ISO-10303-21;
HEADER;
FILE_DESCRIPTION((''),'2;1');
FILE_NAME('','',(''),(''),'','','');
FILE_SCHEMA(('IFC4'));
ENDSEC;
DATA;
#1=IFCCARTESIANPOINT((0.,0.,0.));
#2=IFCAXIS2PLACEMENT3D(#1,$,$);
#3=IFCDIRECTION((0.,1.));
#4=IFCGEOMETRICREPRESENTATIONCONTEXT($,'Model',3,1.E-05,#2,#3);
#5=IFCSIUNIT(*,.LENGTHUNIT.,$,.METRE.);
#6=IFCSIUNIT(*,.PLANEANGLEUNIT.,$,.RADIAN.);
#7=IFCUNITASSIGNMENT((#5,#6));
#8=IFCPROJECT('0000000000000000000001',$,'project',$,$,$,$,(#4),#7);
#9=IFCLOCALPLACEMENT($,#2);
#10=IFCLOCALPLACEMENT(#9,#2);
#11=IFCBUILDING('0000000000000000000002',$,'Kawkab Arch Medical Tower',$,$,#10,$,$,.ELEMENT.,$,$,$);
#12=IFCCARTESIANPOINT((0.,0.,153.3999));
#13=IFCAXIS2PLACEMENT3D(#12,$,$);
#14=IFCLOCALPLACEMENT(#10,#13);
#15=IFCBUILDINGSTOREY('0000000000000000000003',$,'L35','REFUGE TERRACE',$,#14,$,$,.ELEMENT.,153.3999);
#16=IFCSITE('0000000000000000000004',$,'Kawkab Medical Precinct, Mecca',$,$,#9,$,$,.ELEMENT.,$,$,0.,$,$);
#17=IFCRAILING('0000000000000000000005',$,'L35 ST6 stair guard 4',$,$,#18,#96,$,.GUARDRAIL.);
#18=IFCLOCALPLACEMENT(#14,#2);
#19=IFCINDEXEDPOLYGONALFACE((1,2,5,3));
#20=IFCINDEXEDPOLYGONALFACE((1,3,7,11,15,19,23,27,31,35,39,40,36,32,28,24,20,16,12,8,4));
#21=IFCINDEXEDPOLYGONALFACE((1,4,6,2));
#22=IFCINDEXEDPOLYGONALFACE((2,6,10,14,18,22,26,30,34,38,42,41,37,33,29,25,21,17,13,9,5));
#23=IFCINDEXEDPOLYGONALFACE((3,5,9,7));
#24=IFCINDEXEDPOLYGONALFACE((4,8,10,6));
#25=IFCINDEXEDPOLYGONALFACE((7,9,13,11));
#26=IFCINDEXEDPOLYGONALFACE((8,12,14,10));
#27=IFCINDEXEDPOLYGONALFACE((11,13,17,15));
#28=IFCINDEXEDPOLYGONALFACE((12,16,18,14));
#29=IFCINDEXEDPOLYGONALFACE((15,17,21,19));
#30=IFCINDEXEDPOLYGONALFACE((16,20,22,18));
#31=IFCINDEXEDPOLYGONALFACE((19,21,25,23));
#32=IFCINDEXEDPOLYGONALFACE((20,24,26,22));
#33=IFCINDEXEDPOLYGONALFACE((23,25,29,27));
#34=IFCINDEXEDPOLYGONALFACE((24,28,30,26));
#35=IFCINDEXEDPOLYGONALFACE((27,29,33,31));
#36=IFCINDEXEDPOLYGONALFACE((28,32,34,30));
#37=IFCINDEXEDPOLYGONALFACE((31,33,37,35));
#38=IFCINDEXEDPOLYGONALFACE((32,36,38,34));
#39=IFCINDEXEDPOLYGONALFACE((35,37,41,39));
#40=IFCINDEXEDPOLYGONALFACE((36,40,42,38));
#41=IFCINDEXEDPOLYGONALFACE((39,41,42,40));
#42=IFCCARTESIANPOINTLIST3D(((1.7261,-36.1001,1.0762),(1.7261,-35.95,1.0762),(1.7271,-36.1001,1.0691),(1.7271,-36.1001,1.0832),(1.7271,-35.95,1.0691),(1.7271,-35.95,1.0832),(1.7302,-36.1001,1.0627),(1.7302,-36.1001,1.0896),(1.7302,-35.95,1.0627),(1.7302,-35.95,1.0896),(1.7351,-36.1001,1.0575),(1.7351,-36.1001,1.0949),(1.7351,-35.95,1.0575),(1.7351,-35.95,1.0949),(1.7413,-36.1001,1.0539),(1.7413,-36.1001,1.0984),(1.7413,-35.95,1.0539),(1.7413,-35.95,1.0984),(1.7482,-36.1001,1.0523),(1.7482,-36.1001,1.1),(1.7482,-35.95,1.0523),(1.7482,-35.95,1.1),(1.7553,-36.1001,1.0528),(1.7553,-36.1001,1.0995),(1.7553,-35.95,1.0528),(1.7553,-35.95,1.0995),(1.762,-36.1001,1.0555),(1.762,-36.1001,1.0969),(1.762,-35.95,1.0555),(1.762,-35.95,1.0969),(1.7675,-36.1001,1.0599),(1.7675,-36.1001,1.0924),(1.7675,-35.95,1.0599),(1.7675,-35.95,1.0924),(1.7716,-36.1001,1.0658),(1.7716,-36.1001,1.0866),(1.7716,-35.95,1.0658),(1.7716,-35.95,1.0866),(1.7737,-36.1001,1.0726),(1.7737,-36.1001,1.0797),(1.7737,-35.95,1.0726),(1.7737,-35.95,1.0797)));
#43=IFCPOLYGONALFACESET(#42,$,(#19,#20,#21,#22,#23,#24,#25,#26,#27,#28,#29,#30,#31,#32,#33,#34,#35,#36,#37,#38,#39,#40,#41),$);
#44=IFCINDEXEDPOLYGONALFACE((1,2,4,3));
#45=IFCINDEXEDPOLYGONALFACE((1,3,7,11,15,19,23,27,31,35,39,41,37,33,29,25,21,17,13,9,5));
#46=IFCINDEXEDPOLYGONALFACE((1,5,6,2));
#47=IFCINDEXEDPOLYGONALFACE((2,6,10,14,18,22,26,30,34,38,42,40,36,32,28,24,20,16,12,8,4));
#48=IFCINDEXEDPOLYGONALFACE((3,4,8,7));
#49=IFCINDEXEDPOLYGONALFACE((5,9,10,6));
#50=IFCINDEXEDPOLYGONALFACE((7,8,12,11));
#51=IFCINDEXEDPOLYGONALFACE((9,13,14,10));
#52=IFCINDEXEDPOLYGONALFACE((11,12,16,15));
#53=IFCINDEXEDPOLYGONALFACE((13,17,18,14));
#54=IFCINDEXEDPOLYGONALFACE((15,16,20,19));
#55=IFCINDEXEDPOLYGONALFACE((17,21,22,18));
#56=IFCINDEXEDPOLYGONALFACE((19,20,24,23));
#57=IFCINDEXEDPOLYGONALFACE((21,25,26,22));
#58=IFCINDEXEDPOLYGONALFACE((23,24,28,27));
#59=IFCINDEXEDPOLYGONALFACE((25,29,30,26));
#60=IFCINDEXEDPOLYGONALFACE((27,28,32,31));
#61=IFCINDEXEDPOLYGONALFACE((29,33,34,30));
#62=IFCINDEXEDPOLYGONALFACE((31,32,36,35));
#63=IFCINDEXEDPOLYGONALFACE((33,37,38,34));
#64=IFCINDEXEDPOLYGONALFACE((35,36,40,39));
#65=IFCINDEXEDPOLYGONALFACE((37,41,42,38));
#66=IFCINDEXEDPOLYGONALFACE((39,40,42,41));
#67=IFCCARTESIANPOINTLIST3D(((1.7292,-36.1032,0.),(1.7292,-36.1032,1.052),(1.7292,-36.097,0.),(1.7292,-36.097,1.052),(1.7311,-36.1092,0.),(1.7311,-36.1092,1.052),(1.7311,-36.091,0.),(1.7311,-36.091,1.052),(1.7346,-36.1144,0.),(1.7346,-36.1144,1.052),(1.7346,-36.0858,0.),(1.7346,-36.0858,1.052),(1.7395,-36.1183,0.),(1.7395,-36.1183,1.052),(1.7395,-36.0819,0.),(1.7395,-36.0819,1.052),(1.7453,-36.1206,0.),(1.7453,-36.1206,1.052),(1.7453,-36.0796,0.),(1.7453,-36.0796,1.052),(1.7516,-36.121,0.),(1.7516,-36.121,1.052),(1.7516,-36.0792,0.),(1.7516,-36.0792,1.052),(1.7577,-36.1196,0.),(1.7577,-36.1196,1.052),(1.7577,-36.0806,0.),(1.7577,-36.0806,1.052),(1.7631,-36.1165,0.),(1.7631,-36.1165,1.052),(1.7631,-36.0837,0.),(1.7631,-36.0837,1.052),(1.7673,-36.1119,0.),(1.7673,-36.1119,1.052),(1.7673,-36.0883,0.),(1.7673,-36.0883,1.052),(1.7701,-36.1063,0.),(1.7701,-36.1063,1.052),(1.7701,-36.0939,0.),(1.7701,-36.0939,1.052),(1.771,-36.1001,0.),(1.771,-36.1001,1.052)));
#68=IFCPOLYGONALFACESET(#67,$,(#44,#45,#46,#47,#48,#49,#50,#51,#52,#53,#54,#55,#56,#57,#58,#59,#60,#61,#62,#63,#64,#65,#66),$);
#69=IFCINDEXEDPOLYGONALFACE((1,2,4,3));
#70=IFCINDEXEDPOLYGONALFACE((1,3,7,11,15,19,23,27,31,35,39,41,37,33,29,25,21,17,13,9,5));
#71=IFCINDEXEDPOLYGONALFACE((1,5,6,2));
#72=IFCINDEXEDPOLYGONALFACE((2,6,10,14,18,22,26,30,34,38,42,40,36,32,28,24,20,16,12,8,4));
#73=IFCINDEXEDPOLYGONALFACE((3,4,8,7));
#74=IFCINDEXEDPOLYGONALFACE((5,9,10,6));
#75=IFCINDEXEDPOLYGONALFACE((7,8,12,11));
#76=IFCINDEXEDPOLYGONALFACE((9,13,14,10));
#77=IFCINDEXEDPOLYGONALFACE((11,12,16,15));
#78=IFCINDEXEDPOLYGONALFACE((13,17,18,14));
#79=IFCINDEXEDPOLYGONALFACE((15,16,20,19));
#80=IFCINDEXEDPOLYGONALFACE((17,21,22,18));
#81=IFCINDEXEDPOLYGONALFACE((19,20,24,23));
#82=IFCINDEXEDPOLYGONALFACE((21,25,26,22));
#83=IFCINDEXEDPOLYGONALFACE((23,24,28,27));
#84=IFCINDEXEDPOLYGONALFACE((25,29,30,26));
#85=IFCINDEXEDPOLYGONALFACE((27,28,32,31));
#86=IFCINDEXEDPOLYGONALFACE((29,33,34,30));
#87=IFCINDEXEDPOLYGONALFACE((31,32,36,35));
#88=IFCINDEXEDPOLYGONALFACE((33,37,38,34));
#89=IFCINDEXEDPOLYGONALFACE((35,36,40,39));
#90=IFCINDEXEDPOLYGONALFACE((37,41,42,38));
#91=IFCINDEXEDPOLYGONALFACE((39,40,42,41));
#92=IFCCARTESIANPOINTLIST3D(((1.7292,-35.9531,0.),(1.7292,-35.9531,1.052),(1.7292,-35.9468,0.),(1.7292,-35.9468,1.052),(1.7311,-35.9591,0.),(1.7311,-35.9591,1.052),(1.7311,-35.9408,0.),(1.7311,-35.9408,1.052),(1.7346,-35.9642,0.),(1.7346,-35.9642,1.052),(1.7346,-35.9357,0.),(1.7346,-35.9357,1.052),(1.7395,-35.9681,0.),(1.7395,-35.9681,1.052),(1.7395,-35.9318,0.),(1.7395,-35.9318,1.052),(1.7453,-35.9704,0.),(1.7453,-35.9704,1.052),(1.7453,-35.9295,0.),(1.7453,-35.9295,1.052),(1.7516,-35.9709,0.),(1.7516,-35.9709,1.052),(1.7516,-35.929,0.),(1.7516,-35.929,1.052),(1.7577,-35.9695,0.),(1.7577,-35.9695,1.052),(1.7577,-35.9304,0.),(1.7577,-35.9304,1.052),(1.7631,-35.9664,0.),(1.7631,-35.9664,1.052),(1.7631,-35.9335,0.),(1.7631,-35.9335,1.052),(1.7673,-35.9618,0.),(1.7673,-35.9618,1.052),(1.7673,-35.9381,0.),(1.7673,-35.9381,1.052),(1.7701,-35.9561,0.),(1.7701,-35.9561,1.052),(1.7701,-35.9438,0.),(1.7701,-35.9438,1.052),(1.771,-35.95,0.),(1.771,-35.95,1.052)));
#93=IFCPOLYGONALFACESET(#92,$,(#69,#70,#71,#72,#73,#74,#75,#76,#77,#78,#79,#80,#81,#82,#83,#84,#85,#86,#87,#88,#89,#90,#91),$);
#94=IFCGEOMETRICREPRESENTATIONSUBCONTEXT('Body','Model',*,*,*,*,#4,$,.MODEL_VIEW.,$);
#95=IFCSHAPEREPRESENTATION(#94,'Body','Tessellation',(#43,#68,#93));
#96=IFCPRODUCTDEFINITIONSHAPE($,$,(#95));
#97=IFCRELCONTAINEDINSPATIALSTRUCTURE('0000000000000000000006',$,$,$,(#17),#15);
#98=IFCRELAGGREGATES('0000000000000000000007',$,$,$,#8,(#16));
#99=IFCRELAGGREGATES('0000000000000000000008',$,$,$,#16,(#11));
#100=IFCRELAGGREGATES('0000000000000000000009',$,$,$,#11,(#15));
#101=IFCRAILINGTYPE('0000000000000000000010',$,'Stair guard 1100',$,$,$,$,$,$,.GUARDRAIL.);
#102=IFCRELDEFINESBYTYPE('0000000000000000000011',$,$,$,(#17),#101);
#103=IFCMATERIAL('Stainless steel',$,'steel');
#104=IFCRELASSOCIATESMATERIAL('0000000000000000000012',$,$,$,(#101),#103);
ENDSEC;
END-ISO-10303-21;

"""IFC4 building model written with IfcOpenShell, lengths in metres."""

from ifc_helpers import new_model, si_unit, direction, frame, origin, origin_2d, place, context, subcontext, project, spatial, circle, extrude, material, type_object, element, save


model = new_model("IFC4")

# Units and contexts
model_context = context("Model", 3, precision=1e-05, world=origin(), true_north=direction((0.0, 1.0)))
body_context = subcontext(model_context, "Body", "Model", "MODEL_VIEW")
ifc_project = project(units=[si_unit("LENGTHUNIT", "METRE"), si_unit("PLANEANGLEUNIT", "RADIAN")], contexts=[model_context])

# Site, building, storey
site_placement = place(None, origin())
site = spatial("IfcSite", under=ifc_project, at=site_placement, Name="Kawkab Medical Precinct, Mecca", CompositionType="ELEMENT", RefElevation=0.0)
building_placement = place(site_placement, origin())
building = spatial("IfcBuilding", under=site, at=building_placement, Name="Kawkab Arch Medical Tower", CompositionType="ELEMENT")
storey_placement = place(building_placement, frame((0.0, 0.0, 153.3999)))
storey = spatial("IfcBuildingStorey", under=building, at=storey_placement, Name="L35", Description="REFUGE TERRACE", CompositionType="ELEMENT", Elevation=153.3999)

# Railing
ifc_material_1 = material(Name="Stainless steel", Category="steel")
railing_type = type_object("IfcRailingType", Name="Stair guard 1100", PredefinedType="GUARDRAIL", material=ifc_material_1)
railing_1_placement = place(storey_placement, frame((1.75, -36.1001, 0.0)))
element("IfcRailing", 1, at=railing_1_placement, inside=storey, type_object=railing_type, Name="L35 ST6 stair guard 4", PredefinedType="GUARDRAIL", context=body_context, shape_type="SweptSolid", body=[
    extrude(circle(Radius=0.0239, at=origin_2d()), frame((0.0, 0.0, 1.0762), z_axis=(0.0, 1.0, 0.0), x_axis=(-1.0, 0.0, 0.0)), (0.0, 0.0, 1.0), 0.1501),
    extrude(circle(Radius=0.021, at=origin_2d()), origin(), (0.0, 0.0, 1.0), 1.052),
    extrude(circle(Radius=0.021, at=origin_2d()), frame((0.0, 0.1501, 0.0)), (0.0, 0.0, 1.0), 1.052),
])

save(model, "model.ifc")
